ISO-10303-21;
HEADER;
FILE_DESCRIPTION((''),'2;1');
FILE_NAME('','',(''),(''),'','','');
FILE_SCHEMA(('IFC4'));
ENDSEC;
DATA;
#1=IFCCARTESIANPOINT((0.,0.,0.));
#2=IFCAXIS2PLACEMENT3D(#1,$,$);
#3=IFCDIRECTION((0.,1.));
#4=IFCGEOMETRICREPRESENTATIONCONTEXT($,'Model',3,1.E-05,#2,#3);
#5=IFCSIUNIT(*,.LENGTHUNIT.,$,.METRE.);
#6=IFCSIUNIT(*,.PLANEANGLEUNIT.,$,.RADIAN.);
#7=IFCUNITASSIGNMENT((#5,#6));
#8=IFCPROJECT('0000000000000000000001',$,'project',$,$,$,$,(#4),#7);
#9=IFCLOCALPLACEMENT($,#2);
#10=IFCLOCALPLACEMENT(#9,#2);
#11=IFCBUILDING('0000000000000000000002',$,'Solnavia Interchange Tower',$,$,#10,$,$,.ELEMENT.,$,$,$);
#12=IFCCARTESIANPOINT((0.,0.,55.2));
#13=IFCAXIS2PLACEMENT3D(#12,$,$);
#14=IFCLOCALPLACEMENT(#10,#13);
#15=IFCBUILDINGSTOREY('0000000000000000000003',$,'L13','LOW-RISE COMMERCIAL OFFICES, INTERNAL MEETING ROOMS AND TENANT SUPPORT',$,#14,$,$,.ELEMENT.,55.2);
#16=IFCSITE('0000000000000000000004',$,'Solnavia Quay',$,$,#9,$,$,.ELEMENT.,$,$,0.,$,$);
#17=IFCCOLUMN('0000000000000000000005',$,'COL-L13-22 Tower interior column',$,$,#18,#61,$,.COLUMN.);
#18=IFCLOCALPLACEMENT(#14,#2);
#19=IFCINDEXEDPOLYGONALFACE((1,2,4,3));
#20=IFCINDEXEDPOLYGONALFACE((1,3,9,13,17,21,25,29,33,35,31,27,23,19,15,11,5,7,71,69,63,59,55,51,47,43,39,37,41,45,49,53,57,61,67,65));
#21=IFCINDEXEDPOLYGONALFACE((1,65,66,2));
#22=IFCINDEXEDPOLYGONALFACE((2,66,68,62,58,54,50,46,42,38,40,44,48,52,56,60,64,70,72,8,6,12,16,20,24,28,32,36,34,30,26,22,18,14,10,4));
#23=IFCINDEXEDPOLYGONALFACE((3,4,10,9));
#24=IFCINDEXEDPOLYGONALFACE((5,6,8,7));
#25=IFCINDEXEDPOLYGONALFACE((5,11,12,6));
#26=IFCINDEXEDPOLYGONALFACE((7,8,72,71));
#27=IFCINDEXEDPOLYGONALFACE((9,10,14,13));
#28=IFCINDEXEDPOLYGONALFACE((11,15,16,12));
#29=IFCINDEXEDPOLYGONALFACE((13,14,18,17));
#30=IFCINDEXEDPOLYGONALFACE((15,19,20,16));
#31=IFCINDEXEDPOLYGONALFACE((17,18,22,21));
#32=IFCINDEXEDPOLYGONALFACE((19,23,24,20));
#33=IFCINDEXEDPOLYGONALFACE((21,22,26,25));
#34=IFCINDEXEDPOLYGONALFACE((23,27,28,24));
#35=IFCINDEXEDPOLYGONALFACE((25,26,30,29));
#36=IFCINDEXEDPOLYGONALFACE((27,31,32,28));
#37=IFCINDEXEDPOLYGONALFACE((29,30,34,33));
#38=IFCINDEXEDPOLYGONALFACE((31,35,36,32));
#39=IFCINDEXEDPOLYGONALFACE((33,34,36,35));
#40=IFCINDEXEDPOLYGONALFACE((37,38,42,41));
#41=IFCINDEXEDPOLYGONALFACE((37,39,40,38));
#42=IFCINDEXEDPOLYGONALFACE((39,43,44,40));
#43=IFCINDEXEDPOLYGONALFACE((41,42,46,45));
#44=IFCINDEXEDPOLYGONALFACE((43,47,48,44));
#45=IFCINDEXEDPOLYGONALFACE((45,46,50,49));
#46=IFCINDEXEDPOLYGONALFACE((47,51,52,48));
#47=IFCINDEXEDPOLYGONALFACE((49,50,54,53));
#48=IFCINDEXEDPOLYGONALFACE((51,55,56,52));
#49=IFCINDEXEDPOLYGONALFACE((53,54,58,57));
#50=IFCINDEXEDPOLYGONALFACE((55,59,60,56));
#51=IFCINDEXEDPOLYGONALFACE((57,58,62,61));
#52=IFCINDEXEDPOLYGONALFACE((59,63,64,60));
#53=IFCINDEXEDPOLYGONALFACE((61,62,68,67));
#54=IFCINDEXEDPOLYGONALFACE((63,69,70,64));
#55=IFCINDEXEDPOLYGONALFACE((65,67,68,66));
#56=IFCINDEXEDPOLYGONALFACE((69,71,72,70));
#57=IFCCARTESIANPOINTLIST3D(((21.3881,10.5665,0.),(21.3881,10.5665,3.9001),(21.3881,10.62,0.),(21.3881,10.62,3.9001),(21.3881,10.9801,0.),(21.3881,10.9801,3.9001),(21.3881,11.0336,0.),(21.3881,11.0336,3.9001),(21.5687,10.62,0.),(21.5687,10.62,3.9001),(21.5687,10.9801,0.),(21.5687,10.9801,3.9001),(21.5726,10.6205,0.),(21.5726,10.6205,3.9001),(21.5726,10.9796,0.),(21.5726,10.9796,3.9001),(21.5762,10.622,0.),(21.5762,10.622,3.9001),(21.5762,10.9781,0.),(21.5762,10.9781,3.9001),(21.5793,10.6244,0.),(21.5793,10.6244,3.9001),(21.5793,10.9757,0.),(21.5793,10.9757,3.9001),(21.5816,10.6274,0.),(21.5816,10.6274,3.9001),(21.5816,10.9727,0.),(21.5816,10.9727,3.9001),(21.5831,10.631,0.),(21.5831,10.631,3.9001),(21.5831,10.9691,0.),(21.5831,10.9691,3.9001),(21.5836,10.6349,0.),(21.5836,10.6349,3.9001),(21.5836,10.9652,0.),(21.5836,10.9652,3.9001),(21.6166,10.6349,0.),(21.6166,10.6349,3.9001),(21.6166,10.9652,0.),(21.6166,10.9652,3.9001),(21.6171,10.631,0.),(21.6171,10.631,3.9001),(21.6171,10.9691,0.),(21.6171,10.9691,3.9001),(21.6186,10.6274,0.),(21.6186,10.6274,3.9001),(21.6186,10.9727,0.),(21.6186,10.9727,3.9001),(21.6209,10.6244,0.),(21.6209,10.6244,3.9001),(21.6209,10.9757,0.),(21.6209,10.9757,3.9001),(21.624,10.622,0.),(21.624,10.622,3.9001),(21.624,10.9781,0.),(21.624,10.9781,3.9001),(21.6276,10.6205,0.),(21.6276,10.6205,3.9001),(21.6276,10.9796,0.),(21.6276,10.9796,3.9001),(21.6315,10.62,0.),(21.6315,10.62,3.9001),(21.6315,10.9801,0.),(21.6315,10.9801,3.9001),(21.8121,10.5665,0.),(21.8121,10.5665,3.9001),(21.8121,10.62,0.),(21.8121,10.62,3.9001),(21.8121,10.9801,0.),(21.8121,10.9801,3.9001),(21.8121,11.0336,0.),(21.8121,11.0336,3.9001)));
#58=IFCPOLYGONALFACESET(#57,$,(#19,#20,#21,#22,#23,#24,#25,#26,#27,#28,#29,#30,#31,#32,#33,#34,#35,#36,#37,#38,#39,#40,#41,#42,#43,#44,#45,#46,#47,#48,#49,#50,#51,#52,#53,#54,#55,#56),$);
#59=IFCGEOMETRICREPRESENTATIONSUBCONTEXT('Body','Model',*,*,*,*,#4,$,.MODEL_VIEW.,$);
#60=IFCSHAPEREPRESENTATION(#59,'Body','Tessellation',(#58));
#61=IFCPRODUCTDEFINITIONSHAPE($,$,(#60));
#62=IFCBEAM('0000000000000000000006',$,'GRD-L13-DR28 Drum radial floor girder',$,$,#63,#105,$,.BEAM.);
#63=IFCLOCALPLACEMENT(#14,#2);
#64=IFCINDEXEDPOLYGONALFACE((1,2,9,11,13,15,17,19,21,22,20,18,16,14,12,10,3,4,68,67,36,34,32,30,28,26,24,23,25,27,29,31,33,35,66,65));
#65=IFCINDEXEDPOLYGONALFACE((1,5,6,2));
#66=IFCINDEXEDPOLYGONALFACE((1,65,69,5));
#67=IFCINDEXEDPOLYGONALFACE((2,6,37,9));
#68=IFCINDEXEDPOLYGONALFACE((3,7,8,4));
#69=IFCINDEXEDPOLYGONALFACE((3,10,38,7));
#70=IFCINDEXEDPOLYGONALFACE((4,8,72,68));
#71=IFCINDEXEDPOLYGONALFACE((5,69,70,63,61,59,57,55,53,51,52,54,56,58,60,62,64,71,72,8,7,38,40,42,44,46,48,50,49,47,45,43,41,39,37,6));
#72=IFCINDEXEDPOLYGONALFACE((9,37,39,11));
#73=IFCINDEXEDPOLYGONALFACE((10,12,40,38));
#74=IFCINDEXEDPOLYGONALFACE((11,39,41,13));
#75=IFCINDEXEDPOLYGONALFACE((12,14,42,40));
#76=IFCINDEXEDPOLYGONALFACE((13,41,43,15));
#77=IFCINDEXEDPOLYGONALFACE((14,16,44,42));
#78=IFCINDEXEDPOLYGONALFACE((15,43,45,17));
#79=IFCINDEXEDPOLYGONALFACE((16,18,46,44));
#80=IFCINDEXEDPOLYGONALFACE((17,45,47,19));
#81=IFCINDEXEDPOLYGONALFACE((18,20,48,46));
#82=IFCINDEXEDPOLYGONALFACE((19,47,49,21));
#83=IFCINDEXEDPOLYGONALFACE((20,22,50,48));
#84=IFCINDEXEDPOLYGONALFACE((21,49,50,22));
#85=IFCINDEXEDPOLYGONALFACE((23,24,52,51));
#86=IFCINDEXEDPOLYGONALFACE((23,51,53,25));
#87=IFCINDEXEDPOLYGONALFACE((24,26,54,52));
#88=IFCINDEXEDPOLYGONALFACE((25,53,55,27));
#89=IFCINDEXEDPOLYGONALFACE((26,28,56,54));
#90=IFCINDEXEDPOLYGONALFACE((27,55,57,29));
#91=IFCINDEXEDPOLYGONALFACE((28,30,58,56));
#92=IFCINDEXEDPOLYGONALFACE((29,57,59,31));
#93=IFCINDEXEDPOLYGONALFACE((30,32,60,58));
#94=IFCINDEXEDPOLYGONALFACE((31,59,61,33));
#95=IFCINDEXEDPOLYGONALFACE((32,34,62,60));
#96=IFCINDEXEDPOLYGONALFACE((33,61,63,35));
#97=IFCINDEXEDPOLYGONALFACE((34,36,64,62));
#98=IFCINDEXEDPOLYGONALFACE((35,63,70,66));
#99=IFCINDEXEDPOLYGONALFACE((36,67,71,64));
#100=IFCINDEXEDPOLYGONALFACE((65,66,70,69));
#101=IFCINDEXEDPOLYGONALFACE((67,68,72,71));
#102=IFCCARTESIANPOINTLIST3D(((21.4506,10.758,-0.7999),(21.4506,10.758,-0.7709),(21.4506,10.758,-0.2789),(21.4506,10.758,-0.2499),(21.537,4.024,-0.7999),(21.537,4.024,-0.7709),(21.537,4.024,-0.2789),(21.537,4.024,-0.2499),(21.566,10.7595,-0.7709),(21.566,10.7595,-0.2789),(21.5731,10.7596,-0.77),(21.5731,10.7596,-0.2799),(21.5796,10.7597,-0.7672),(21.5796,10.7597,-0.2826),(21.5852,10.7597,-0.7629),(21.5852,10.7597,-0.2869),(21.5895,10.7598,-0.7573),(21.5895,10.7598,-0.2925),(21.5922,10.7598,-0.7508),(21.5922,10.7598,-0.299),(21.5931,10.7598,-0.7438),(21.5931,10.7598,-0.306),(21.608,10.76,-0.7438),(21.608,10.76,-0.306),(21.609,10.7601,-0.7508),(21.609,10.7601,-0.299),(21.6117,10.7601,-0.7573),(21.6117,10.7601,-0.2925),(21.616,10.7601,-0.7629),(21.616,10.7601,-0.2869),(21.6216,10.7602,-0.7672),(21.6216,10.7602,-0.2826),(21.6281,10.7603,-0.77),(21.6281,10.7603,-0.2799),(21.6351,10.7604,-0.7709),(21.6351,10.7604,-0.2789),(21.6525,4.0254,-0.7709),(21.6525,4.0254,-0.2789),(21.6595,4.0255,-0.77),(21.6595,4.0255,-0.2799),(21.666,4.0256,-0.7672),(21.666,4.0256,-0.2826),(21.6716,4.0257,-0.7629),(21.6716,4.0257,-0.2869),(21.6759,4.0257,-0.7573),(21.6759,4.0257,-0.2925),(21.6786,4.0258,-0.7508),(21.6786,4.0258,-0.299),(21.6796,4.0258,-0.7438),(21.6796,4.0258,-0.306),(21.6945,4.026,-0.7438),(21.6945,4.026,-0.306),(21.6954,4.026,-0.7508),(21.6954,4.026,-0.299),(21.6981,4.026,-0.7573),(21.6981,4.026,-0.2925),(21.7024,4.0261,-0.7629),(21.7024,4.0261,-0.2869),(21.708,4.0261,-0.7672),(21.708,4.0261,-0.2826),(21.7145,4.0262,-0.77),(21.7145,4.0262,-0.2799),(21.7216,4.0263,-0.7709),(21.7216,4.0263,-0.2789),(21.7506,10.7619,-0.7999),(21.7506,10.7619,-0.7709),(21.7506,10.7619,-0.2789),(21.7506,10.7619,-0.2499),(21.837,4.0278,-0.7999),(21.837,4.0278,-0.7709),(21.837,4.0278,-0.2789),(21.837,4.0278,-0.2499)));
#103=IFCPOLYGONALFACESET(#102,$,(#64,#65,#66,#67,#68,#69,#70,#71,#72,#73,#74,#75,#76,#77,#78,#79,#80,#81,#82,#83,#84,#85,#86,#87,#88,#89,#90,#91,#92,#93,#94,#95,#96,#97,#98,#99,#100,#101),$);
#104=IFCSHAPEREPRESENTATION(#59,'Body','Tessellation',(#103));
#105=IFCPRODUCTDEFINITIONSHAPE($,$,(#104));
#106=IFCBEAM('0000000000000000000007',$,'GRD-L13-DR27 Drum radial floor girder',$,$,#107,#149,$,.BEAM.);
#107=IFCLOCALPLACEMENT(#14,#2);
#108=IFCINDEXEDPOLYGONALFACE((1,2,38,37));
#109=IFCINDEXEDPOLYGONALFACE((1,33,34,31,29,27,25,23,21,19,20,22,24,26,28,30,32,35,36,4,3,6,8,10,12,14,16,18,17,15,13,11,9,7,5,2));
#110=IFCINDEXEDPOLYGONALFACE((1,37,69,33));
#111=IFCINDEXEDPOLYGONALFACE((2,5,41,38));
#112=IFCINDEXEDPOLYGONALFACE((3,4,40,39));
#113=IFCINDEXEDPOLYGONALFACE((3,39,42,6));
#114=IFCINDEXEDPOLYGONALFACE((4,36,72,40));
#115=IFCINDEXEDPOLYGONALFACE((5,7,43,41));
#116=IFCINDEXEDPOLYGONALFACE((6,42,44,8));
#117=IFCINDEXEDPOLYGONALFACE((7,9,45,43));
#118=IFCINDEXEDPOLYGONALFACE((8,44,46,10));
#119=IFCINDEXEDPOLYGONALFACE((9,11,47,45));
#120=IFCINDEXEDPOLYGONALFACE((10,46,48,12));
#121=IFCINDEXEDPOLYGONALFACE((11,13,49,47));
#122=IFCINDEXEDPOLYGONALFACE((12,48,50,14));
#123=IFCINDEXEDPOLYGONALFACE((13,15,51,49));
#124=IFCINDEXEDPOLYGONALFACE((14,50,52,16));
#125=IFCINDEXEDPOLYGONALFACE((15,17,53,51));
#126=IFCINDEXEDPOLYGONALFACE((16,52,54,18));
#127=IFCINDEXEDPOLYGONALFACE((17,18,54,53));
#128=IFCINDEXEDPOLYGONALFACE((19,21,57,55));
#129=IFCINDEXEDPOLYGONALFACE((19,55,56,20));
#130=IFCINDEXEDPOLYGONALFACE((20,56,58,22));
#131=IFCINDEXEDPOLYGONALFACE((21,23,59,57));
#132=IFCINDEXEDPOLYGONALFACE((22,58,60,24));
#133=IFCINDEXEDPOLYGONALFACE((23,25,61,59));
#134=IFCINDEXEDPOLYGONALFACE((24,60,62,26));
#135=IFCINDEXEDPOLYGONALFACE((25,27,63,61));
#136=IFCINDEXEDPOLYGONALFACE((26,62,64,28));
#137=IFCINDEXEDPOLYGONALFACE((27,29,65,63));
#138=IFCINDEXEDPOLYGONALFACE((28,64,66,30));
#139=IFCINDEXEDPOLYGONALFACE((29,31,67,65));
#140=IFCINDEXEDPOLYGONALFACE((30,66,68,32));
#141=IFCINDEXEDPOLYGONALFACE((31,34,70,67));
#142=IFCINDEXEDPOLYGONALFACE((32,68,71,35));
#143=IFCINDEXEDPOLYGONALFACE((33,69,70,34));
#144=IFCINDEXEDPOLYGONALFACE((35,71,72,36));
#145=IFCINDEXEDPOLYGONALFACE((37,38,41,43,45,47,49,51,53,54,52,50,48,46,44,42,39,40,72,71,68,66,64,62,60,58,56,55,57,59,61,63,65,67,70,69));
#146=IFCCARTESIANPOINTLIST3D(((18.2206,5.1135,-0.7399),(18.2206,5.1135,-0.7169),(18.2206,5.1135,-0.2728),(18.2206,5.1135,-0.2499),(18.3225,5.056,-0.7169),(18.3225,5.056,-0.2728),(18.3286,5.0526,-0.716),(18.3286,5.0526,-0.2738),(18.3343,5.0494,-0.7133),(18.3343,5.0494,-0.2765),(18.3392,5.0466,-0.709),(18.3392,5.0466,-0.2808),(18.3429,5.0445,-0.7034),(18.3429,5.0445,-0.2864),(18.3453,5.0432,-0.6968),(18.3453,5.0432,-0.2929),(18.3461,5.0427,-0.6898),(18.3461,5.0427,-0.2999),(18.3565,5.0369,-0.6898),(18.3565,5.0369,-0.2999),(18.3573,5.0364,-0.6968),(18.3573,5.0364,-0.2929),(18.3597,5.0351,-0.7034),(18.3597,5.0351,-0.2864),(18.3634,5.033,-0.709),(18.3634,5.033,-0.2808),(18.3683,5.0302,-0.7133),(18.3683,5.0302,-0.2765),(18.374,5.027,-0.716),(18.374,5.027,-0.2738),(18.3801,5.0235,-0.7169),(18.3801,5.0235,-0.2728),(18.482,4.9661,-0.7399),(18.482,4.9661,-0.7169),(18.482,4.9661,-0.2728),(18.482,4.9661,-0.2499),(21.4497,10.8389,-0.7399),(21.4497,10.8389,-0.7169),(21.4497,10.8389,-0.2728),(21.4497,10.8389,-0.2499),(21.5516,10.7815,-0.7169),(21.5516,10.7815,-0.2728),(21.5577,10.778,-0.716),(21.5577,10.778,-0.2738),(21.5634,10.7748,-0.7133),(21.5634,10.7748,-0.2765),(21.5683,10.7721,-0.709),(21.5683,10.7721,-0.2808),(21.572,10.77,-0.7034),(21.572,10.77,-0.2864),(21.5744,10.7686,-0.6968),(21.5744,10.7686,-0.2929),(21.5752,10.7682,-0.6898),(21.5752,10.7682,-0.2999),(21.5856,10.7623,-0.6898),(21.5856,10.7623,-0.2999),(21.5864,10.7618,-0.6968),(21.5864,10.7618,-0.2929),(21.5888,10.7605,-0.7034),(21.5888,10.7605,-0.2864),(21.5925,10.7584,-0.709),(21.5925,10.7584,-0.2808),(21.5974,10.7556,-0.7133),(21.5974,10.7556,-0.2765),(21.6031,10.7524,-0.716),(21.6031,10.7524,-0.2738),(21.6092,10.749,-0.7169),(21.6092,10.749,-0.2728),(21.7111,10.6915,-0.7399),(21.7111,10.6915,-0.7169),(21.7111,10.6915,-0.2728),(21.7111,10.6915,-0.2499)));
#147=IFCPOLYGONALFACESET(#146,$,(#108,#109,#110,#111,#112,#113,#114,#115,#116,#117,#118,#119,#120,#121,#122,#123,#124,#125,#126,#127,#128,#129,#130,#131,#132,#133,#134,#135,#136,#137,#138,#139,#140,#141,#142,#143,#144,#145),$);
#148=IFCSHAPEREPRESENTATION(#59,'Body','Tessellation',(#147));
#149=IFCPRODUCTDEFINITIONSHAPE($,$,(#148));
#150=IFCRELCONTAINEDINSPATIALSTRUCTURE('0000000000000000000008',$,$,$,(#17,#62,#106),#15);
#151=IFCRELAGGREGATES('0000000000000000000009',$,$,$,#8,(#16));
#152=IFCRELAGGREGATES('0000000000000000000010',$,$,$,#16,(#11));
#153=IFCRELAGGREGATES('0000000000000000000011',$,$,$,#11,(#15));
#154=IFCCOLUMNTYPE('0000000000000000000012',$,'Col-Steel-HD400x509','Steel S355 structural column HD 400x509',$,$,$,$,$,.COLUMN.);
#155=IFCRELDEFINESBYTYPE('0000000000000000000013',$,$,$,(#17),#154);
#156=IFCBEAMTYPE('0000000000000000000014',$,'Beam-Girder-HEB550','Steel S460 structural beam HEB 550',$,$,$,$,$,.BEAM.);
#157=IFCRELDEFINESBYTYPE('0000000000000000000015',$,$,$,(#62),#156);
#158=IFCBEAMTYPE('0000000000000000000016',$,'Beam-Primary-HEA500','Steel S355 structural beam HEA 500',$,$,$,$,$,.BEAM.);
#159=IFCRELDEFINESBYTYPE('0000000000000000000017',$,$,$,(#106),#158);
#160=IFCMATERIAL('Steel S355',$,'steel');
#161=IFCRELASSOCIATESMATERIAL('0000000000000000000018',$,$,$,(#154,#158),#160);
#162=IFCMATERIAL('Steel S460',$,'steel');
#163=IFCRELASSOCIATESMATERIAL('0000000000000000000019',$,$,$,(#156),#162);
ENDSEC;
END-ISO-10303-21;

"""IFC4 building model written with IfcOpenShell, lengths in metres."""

from ifc_helpers import new_model, si_unit, direction, frame, origin, origin_2d, place, context, subcontext, project, spatial, i_section, extrude, material, material_profile, profile_set, type_object, element, save


model = new_model("IFC4")

# Units and contexts
model_context = context("Model", 3, precision=1e-05, world=origin(), true_north=direction((0.0, 1.0)))
body_context = subcontext(model_context, "Body", "Model", "MODEL_VIEW")
ifc_project = project(units=[si_unit("LENGTHUNIT", "METRE"), si_unit("PLANEANGLEUNIT", "RADIAN")], contexts=[model_context])

# Site, building, storey
site_placement = place(None, origin())
site = spatial("IfcSite", under=ifc_project, at=site_placement, Name="Solnavia Quay", CompositionType="ELEMENT", RefElevation=0.0)
building_placement = place(site_placement, origin())
building = spatial("IfcBuilding", under=site, at=building_placement, Name="Solnavia Interchange Tower", CompositionType="ELEMENT")
storey_placement = place(building_placement, frame((0.0, 0.0, 55.2)))
storey = spatial("IfcBuildingStorey", under=building, at=storey_placement, Name="L13", Description="LOW-RISE COMMERCIAL OFFICES, INTERNAL MEETING ROOMS AND TENANT SUPPORT", CompositionType="ELEMENT", Elevation=55.2)

# Column
ifc_material_1 = material(Name="Steel S355", Category="steel")
ifc_material_profile_1 = material_profile(ifc_material_1, i_section(OverallWidth=0.4241, OverallDepth=0.467, WebThickness=0.033, FlangeThickness=0.0535, FilletRadius=0.0149, at=origin_2d()), Name="HD 400x509")
ifc_profile_set_1 = profile_set([ifc_material_profile_1], Name="Steel S355")
column_type_1 = type_object("IfcColumnType", Name="Col-Steel-HD400x509", Description="Steel S355 structural column HD 400x509", PredefinedType="COLUMN", material=ifc_profile_set_1)
column_placement = place(storey_placement, frame((21.6001, 10.8, 0.0), z_axis=(0.0, 0.0, 1.0), x_axis=(1.0, 0.0, 0.0)))
element("IfcColumn", 1, at=column_placement, inside=storey, type_object=column_type_1, Name="COL-L13-22 Tower interior column", PredefinedType="COLUMN", context=body_context, shape_type="SweptSolid", body=[
    extrude(i_section(OverallWidth=0.4241, OverallDepth=0.467, WebThickness=0.033, FlangeThickness=0.0535, FilletRadius=0.0149, at=origin_2d()), origin(), (0.0, 0.0, 1.0), 3.9001),
])

# Beams
ifc_material_2 = material(Name="Steel S460", Category="steel")
ifc_material_profile_2 = material_profile(ifc_material_2, i_section(OverallWidth=0.3, OverallDepth=0.55, WebThickness=0.0149, FlangeThickness=0.0291, FilletRadius=0.0271, at=origin_2d()), Name="HEB 550")
ifc_profile_set_2 = profile_set([ifc_material_profile_2], Name="Steel S460")
beam_type_1 = type_object("IfcBeamType", Name="Beam-Girder-HEB550", Description="Steel S460 structural beam HEB 550", PredefinedType="BEAM", material=ifc_profile_set_2)
beam_1_placement = place(storey_placement, frame((21.687, 4.0259, -0.5249), z_axis=(-0.012833, 0.999918, 0.0), x_axis=(-0.999918, -0.012833, 0.0)))
element("IfcBeam", 2, at=beam_1_placement, inside=storey, type_object=beam_type_1, Name="GRD-L13-DR28 Drum radial floor girder", PredefinedType="BEAM", context=body_context, shape_type="SweptSolid", body=[
    extrude(i_section(OverallWidth=0.3, OverallDepth=0.55, WebThickness=0.0149, FlangeThickness=0.0291, FilletRadius=0.0271, at=origin_2d()), origin(), (0.0, 0.0, 1.0), 6.7346),
])
ifc_material_profile_3 = material_profile(ifc_material_1, i_section(OverallWidth=0.3, OverallDepth=0.49, WebThickness=0.012, FlangeThickness=0.0229, FilletRadius=0.0271, at=origin_2d()), Name="HEA 500")
ifc_profile_set_3 = profile_set([ifc_material_profile_3], Name="Steel S355")
beam_type_2 = type_object("IfcBeamType", Name="Beam-Primary-HEA500", Description="Steel S355 structural beam HEA 500", PredefinedType="BEAM", material=ifc_profile_set_3)
beam_2_placement = place(storey_placement, frame((18.3513, 5.0398, -0.4949), z_axis=(0.491243, 0.871022, 0.0), x_axis=(-0.871022, 0.491243, 0.0)))
element("IfcBeam", 3, at=beam_2_placement, inside=storey, type_object=beam_type_2, Name="GRD-L13-DR27 Drum radial floor girder", PredefinedType="BEAM", context=body_context, shape_type="SweptSolid", body=[
    extrude(i_section(OverallWidth=0.3, OverallDepth=0.49, WebThickness=0.012, FlangeThickness=0.0229, FilletRadius=0.0271, at=origin_2d()), origin(), (0.0, 0.0, 1.0), 6.5732),
])

save(model, "model.ifc")
